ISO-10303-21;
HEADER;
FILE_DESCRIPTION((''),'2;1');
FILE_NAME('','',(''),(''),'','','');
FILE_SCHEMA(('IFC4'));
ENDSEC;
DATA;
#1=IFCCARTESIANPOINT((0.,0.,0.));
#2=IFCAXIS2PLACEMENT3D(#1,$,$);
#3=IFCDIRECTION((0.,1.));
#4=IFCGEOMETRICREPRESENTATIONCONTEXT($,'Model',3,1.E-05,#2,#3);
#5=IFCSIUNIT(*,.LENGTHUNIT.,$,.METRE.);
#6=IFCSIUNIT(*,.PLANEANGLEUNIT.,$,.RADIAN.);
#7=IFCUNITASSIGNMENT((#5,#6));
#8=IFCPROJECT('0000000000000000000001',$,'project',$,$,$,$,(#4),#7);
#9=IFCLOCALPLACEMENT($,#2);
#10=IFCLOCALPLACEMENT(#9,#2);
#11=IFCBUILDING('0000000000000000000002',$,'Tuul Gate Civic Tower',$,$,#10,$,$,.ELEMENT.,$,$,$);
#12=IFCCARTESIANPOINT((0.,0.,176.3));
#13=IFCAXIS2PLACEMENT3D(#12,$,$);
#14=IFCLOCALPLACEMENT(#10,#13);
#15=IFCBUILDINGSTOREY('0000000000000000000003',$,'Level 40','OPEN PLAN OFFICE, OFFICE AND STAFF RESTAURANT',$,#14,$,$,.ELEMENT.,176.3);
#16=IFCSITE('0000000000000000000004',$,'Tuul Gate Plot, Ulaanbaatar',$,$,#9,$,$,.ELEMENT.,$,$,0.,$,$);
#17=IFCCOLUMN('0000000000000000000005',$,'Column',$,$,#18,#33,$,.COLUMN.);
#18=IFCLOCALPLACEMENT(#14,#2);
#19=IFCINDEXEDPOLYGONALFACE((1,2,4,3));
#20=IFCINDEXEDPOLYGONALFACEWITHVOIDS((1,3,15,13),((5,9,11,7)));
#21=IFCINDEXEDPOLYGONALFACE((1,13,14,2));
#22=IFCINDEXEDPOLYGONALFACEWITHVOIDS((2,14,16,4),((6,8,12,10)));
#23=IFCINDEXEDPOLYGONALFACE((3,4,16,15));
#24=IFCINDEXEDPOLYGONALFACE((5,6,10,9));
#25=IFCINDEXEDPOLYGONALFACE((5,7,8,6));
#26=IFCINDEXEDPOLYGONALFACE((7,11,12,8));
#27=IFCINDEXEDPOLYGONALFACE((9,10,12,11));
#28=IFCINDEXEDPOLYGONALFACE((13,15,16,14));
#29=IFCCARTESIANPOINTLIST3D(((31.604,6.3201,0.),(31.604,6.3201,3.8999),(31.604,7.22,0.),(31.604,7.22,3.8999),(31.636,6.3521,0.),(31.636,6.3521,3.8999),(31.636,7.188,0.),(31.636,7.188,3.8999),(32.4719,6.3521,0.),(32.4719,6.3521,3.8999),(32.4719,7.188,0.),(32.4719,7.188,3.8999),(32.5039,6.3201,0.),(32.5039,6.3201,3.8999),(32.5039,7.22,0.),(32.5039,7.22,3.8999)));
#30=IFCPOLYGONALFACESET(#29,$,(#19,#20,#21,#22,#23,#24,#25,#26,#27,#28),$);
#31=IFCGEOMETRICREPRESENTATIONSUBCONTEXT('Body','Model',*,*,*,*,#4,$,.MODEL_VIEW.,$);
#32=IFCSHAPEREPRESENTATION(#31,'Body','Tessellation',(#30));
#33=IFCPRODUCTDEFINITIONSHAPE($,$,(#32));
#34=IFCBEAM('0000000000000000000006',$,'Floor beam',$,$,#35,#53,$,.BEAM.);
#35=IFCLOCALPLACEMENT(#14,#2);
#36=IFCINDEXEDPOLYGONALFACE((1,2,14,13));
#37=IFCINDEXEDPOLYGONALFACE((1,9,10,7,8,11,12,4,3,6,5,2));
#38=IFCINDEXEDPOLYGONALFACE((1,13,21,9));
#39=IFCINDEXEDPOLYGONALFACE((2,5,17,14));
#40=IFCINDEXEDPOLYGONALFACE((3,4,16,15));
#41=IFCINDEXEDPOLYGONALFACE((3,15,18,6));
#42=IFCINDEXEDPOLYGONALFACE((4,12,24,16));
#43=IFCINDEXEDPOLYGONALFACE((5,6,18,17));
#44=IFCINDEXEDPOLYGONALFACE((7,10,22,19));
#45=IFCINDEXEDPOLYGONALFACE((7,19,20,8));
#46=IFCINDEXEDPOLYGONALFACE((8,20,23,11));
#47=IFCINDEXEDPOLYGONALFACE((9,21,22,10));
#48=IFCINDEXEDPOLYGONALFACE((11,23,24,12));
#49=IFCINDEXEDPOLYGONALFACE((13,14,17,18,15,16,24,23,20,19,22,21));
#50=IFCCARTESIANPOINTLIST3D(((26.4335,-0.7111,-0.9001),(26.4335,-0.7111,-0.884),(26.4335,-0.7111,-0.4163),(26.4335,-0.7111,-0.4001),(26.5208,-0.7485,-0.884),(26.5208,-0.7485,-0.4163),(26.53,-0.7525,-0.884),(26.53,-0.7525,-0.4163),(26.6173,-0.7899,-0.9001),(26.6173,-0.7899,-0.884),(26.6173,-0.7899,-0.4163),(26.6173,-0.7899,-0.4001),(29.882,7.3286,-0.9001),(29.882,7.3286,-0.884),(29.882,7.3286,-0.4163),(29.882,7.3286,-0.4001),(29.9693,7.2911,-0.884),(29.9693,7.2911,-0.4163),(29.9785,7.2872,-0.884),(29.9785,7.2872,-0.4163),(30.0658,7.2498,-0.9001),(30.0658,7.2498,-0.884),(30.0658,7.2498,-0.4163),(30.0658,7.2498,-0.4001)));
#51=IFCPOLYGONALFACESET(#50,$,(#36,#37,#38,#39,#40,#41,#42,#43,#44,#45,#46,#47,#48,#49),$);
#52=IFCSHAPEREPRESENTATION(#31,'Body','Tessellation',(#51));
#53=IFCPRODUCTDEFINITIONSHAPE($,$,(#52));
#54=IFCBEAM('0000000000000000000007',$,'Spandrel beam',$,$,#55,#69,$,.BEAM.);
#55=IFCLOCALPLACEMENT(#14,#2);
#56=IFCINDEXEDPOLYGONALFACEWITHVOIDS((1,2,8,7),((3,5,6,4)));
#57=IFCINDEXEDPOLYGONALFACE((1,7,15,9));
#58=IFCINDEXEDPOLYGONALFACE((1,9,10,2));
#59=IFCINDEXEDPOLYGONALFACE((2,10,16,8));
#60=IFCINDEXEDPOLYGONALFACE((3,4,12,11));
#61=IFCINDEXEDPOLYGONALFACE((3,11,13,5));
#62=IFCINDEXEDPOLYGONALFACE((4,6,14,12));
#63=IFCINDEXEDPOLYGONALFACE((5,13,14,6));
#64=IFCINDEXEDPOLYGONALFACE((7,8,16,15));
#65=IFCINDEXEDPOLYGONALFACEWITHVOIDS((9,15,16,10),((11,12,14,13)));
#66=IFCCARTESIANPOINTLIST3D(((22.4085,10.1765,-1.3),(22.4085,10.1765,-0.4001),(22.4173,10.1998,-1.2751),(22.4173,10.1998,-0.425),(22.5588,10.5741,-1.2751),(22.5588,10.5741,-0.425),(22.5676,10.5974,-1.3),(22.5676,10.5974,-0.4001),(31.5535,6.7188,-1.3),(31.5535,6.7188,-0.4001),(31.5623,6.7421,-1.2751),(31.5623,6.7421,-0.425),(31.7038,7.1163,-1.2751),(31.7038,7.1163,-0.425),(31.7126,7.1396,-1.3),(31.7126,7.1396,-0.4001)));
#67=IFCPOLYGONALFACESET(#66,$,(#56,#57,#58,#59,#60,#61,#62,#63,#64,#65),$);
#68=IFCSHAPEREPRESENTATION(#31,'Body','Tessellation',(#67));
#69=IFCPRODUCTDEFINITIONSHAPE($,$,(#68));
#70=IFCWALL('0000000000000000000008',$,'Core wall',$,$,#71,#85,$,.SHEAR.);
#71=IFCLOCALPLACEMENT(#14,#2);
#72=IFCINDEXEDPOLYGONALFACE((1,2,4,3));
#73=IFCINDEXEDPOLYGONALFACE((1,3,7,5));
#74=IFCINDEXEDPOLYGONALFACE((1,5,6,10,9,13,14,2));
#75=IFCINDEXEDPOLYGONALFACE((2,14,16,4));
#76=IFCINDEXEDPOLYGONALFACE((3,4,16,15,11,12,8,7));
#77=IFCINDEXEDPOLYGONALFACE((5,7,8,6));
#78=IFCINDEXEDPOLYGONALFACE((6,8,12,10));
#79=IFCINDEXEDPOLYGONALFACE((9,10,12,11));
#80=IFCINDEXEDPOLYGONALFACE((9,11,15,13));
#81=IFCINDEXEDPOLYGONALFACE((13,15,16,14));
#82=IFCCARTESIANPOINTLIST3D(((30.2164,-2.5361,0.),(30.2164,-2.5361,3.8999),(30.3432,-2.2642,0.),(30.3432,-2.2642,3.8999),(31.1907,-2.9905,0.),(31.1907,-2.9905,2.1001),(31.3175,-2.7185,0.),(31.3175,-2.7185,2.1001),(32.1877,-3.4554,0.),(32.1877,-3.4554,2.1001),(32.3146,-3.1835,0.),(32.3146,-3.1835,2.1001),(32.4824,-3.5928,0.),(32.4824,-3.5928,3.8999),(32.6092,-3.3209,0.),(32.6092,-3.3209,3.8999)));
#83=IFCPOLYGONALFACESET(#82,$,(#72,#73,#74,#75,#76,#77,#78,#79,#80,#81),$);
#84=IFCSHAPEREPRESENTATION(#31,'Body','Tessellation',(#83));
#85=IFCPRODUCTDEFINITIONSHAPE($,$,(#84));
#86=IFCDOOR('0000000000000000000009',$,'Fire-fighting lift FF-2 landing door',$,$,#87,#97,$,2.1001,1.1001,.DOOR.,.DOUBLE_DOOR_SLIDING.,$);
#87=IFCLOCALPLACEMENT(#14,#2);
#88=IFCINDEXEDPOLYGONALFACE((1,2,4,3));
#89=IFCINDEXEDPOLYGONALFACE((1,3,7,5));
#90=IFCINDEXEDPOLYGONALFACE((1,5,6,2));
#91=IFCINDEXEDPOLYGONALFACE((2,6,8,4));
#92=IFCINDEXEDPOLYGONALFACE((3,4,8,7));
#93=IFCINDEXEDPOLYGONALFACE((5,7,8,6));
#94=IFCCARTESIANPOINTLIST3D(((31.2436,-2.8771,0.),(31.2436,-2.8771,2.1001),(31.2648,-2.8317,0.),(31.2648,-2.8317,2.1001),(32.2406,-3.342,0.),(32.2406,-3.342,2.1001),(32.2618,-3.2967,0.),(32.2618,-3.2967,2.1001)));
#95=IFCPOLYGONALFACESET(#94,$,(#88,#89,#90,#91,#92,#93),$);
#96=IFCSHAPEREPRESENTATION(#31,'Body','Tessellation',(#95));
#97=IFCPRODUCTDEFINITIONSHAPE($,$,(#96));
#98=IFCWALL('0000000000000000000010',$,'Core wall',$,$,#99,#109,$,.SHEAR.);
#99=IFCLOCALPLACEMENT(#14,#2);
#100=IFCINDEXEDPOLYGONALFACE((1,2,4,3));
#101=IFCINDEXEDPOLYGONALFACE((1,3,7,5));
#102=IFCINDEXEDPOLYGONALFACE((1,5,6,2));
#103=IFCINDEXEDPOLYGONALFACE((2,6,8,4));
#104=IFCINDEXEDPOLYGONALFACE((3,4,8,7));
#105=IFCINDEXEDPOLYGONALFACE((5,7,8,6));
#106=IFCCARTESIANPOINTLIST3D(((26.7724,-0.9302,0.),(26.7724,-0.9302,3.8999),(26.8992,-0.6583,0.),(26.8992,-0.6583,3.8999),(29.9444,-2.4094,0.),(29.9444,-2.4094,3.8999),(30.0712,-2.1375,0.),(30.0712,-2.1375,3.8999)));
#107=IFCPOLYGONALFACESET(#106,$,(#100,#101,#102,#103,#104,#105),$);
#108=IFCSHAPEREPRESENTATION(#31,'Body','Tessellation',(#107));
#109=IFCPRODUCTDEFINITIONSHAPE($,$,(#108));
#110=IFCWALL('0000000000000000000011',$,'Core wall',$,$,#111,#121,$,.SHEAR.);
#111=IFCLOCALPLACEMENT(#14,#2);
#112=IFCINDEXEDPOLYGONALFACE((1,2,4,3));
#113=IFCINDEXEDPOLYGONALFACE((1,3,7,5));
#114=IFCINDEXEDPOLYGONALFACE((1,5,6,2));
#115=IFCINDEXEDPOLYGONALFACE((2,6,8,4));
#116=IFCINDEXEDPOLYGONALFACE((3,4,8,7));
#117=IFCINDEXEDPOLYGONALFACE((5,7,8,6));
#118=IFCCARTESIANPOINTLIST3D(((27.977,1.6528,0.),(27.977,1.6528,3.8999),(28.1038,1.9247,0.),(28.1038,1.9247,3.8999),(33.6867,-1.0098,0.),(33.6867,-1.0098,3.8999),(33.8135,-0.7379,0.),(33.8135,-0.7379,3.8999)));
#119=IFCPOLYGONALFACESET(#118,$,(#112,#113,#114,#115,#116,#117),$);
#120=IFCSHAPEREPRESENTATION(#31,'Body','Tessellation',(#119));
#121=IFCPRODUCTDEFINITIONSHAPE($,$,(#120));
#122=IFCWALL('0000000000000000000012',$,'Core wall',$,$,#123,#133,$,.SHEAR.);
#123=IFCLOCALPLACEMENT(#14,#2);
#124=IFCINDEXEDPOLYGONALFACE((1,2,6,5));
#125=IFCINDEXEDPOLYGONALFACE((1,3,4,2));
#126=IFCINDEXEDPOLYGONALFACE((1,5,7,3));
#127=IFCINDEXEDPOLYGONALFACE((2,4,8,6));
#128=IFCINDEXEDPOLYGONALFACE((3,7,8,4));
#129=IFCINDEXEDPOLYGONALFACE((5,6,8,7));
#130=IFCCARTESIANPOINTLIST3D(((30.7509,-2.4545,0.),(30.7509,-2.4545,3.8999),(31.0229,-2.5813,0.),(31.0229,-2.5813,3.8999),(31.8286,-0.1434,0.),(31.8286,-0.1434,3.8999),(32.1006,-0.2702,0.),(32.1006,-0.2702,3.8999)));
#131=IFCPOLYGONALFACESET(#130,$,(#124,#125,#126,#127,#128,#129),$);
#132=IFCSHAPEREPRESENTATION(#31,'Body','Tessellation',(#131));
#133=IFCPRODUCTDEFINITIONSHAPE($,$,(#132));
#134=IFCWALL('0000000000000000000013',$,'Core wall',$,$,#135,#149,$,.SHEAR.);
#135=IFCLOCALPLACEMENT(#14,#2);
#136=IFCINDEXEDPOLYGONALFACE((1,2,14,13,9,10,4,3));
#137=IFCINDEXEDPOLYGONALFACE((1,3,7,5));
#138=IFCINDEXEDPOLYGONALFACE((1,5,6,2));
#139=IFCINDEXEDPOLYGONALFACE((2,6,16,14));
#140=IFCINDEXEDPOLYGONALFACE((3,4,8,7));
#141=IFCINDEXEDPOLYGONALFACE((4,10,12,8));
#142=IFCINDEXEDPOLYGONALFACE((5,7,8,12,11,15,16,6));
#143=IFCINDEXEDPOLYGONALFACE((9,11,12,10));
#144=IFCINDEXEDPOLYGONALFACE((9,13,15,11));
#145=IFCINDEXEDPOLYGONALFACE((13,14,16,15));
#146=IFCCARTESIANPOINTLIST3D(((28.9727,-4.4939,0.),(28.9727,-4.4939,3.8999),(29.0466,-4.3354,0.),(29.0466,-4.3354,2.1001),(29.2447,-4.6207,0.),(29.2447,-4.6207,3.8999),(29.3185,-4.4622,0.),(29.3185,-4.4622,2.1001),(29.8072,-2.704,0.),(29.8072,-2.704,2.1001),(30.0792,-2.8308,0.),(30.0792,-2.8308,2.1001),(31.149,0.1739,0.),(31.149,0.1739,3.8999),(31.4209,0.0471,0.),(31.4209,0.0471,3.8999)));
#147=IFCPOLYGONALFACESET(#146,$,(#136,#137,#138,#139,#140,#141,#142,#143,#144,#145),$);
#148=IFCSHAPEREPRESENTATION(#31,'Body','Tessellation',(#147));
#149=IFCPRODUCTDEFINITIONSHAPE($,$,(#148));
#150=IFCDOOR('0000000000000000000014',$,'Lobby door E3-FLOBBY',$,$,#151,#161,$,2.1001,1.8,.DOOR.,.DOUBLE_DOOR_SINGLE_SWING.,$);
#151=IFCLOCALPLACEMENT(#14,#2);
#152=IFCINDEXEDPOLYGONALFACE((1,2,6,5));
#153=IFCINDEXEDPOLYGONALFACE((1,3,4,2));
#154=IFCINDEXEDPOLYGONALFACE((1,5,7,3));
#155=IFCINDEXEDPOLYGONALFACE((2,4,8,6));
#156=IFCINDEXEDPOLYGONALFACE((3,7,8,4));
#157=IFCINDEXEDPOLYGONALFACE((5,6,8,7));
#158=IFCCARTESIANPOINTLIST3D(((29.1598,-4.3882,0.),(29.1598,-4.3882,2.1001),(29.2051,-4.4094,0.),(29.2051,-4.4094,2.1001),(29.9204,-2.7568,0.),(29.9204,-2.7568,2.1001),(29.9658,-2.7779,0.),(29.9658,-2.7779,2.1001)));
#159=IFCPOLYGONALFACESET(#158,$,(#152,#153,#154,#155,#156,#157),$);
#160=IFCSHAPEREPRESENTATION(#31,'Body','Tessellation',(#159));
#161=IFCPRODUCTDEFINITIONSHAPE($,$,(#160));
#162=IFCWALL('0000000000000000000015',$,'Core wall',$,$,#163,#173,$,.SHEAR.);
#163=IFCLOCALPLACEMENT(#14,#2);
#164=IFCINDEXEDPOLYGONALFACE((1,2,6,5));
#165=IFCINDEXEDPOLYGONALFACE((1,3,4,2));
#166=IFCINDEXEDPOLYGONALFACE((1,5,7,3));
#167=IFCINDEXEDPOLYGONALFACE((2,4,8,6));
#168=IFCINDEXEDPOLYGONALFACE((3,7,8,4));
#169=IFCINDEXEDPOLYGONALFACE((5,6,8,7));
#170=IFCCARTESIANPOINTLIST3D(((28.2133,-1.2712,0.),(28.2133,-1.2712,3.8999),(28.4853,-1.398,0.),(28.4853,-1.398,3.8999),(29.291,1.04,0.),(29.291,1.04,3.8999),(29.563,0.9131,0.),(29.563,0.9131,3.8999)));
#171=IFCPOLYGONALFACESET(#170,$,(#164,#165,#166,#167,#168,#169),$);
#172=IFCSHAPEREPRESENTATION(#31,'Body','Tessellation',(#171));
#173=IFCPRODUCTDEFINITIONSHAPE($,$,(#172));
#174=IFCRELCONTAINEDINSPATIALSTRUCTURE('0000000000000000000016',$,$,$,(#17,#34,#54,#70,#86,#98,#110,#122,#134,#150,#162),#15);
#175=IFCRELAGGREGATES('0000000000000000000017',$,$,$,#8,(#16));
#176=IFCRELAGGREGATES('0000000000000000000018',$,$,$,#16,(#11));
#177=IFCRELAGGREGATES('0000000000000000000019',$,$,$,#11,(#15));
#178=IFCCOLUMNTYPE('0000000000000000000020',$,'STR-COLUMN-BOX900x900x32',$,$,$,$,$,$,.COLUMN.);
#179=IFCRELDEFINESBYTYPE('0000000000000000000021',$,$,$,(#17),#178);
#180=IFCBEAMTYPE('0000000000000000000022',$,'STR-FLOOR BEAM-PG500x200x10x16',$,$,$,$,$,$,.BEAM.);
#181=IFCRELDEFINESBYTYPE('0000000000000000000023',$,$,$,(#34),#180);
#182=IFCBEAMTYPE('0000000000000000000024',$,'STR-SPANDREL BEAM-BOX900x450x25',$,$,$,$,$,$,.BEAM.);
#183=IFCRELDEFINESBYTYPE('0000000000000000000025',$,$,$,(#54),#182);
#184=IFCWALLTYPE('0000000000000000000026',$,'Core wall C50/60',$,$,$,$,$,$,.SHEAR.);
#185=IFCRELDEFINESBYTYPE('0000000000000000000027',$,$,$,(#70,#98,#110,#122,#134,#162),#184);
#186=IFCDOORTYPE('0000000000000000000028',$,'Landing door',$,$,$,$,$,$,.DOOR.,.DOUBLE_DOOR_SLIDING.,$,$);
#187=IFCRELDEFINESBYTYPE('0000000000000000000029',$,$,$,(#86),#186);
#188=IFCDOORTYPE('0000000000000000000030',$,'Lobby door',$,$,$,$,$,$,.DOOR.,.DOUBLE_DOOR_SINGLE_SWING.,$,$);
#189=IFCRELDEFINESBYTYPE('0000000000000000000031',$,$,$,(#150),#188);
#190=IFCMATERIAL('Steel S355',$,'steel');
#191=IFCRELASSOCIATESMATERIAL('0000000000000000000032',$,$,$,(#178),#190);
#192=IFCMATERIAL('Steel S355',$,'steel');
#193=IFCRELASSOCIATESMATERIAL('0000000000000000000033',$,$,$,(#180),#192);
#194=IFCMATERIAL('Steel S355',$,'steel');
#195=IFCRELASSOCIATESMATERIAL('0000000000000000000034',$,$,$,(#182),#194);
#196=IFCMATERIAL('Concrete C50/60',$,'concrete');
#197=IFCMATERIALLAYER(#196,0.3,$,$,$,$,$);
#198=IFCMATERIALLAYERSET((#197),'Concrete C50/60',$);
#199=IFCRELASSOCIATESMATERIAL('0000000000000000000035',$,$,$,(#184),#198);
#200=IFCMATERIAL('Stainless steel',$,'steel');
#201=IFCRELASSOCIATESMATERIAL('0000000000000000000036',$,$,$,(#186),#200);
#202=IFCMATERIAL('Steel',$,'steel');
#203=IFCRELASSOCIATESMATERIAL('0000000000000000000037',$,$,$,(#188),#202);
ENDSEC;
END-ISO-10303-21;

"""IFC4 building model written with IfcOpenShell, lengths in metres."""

from ifc_helpers import new_model, si_unit, direction, frame, frame_2d, origin, origin_2d, place, context, subcontext, project, spatial, rectangle, hollow_rectangle, i_section, extrude, material, layer, layer_set, material_profile, profile_set, type_object, element, fill, save


model = new_model("IFC4")

# Units and contexts
model_context = context("Model", 3, precision=1e-05, world=origin(), true_north=direction((0.0, 1.0)))
body_context = subcontext(model_context, "Body", "Model", "MODEL_VIEW")
ifc_project = project(units=[si_unit("LENGTHUNIT", "METRE"), si_unit("PLANEANGLEUNIT", "RADIAN")], contexts=[model_context])

# Site, building, storey
site_placement = place(None, origin())
site = spatial("IfcSite", under=ifc_project, at=site_placement, Name="Tuul Gate Plot, Ulaanbaatar", CompositionType="ELEMENT", RefElevation=0.0)
building_placement = place(site_placement, origin())
building = spatial("IfcBuilding", under=site, at=building_placement, Name="Tuul Gate Civic Tower", CompositionType="ELEMENT")
storey_placement = place(building_placement, frame((0.0, 0.0, 176.3)))
storey = spatial("IfcBuildingStorey", under=building, at=storey_placement, Name="Level 40", Description="OPEN PLAN OFFICE, OFFICE AND STAFF RESTAURANT", CompositionType="ELEMENT", Elevation=176.3)

# Column
ifc_material_1 = material(Name="Steel S355", Category="steel")
ifc_material_profile_1 = material_profile(ifc_material_1, hollow_rectangle(XDim=0.8999, YDim=0.8999, WallThickness=0.032, at=origin_2d()), Name="BOX900x900x32")
ifc_profile_set_1 = profile_set([ifc_material_profile_1], Name="Steel S355")
column_type = type_object("IfcColumnType", Name="STR-COLUMN-BOX900x900x32", PredefinedType="COLUMN", material=ifc_profile_set_1)
column_placement = place(storey_placement, frame((32.054, 6.77, 0.0), z_axis=(0.0, 0.0, 1.0), x_axis=(1.0, 0.0, 0.0)))
element("IfcColumn", 1, at=column_placement, inside=storey, type_object=column_type, Name="Column", PredefinedType="COLUMN", context=body_context, shape_type="SweptSolid", body=[
    extrude(hollow_rectangle(XDim=0.8999, YDim=0.8999, WallThickness=0.032, at=origin_2d()), origin(), (0.0, 0.0, 1.0), 3.8999),
])

# Beams
ifc_material_2 = material(Name="Steel S355", Category="steel")
ifc_material_profile_2 = material_profile(ifc_material_2, i_section(OverallWidth=0.2, OverallDepth=0.5, WebThickness=0.01, FlangeThickness=0.0161, at=origin_2d()), Name="PG500x200x10x16")
ifc_profile_set_2 = profile_set([ifc_material_profile_2], Name="Steel S355")
beam_type_1 = type_object("IfcBeamType", Name="STR-FLOOR BEAM-PG500x200x10x16", PredefinedType="BEAM", material=ifc_profile_set_2)
beam_1_placement = place(storey_placement, frame((26.5254, -0.7505, -0.6501), z_axis=(0.394206, 0.919022, 0.0), x_axis=(-0.919022, 0.394206, 0.0)))
element("IfcBeam", 2, at=beam_1_placement, inside=storey, type_object=beam_type_1, Name="Floor beam", PredefinedType="BEAM", context=body_context, shape_type="SweptSolid", body=[
    extrude(i_section(OverallWidth=0.2, OverallDepth=0.5, WebThickness=0.01, FlangeThickness=0.0161, at=origin_2d()), origin(), (0.0, 0.0, 1.0), 8.748),
])
ifc_material_3 = material(Name="Steel S355", Category="steel")
ifc_material_profile_3 = material_profile(ifc_material_3, hollow_rectangle(XDim=0.45, YDim=0.8999, WallThickness=0.0249, at=origin_2d()), Name="BOX900x450x25")
ifc_profile_set_3 = profile_set([ifc_material_profile_3], Name="Steel S355")
beam_type_2 = type_object("IfcBeamType", Name="STR-SPANDREL BEAM-BOX900x450x25", PredefinedType="BEAM", material=ifc_profile_set_3)
beam_2_placement = place(storey_placement, frame((31.6331, 6.9292, -0.8501), z_axis=(-0.935371, 0.353667, 0.0), x_axis=(-0.353667, -0.935371, 0.0)))
element("IfcBeam", 3, at=beam_2_placement, inside=storey, type_object=beam_type_2, Name="Spandrel beam", PredefinedType="BEAM", context=body_context, shape_type="SweptSolid", body=[
    extrude(hollow_rectangle(XDim=0.45, YDim=0.8999, WallThickness=0.0249, at=origin_2d()), origin(), (0.0, 0.0, 1.0), 9.7769),
])

# Wall, opening, door
ifc_material_4 = material(Name="Concrete C50/60", Category="concrete")
ifc_layer_1 = layer(ifc_material_4, 0.3)
ifc_layer_set_1 = layer_set([ifc_layer_1], Name="Concrete C50/60")
wall_type_1 = type_object("IfcWallType", Name="Core wall C50/60", PredefinedType="SHEAR", material=ifc_layer_set_1)
wall_1_placement = place(storey_placement, frame((32.5457, -3.4568, 0.0), z_axis=(0.0, 0.0, 1.0), x_axis=(-0.9063, 0.422634, 0.0)))
wall_1 = element("IfcWall", 4, at=wall_1_placement, inside=storey, type_object=wall_type_1, Name="Core wall", PredefinedType="SHEAR", context=body_context, shape_type="SweptSolid", body=[
    extrude(rectangle(XDim=2.5002, YDim=0.3, at=frame_2d((1.25, 0.0))), origin(), (0.0, 0.0, 1.0), 3.8999),
])
opening_1_placement = place(wall_1_placement, frame((0.325, 0.0, 0.0)))
opening_1 = element("IfcOpeningElement", 5, at=opening_1_placement, cuts=wall_1, PredefinedType="OPENING", context=body_context, shape_type="SweptSolid", body=[
    extrude(rectangle(XDim=1.1001, YDim=2.1001, at=frame_2d((0.55, 1.05))), frame((0.0, 0.1602, 0.0), z_axis=(0.0, -1.0, 0.0), x_axis=(1.0, 0.0, 0.0)), (0.0, 0.0, 1.0), 0.3201),
])
ifc_material_5 = material(Name="Stainless steel", Category="steel")
door_type_1 = type_object("IfcDoorType", Name="Landing door", OperationType="DOUBLE_DOOR_SLIDING", PredefinedType="DOOR", material=ifc_material_5)
door_1_placement = place(opening_1_placement, origin())
door_1 = element("IfcDoor", 6, at=door_1_placement, inside=storey, type_object=door_type_1, Name="Fire-fighting lift FF-2 landing door", OperationType="DOUBLE_DOOR_SLIDING", OverallHeight=2.1001, OverallWidth=1.1001, PredefinedType="DOOR", context=body_context, shape_type="SweptSolid", body=[
    extrude(rectangle(XDim=1.1001, YDim=2.1001, at=frame_2d((0.55, 1.05))), frame((0.0, 0.0249, 0.0), z_axis=(0.0, -1.0, 0.0), x_axis=(1.0, 0.0, 0.0)), (0.0, 0.0, 1.0), 0.05),
])
fill(opening_1, door_1)

# Walls
wall_2_placement = place(storey_placement, frame((30.0078, -2.2734, 0.0), z_axis=(0.0, 0.0, 1.0), x_axis=(-0.906301, 0.422633, 0.0)))
element("IfcWall", 7, at=wall_2_placement, inside=storey, type_object=wall_type_1, Name="Core wall", PredefinedType="SHEAR", context=body_context, shape_type="SweptSolid", body=[
    extrude(rectangle(XDim=3.5, YDim=0.3, at=frame_2d((1.75, 0.0))), origin(), (0.0, 0.0, 1.0), 3.8999),
])
wall_3_placement = place(storey_placement, frame((33.75, -0.8738, 0.0), z_axis=(0.0, 0.0, 1.0), x_axis=(-0.906301, 0.422633, 0.0)))
element("IfcWall", 8, at=wall_3_placement, inside=storey, type_object=wall_type_1, Name="Core wall", PredefinedType="SHEAR", context=body_context, shape_type="SweptSolid", body=[
    extrude(rectangle(XDim=6.3, YDim=0.3, at=frame_2d((3.1499, 0.0))), origin(), (0.0, 0.0, 1.0), 3.8999),
])
wall_4_placement = place(storey_placement, frame((30.887, -2.5178, 0.0), z_axis=(0.0, 0.0, 1.0), x_axis=(0.422613, 0.90631, 0.0)))
element("IfcWall", 9, at=wall_4_placement, inside=storey, type_object=wall_type_1, Name="Core wall", PredefinedType="SHEAR", context=body_context, shape_type="SweptSolid", body=[
    extrude(rectangle(XDim=2.55, YDim=0.3, at=frame_2d((1.2749, 0.0))), origin(), (0.0, 0.0, 1.0), 3.8999),
])

# Wall, opening, door
wall_5_placement = place(storey_placement, frame((29.1086, -4.5574, 0.0), z_axis=(0.0, 0.0, 1.0), x_axis=(0.422566, 0.906332, 0.0)))
wall_5 = element("IfcWall", 10, at=wall_5_placement, inside=storey, type_object=wall_type_1, Name="Core wall", PredefinedType="SHEAR", context=body_context, shape_type="SweptSolid", body=[
    extrude(rectangle(XDim=5.1501, YDim=0.3, at=frame_2d((2.5752, 0.0))), origin(), (0.0, 0.0, 1.0), 3.8999),
])
opening_2_placement = place(wall_5_placement, frame((0.175, 0.0, 0.0)))
opening_2 = element("IfcOpeningElement", 11, at=opening_2_placement, cuts=wall_5, PredefinedType="OPENING", context=body_context, shape_type="SweptSolid", body=[
    extrude(rectangle(XDim=1.8, YDim=2.1001, at=frame_2d((0.8999, 1.05))), frame((0.0, 0.1602, 0.0), z_axis=(0.0, -1.0, 0.0), x_axis=(1.0, 0.0, 0.0)), (0.0, 0.0, 1.0), 0.3201),
])
ifc_material_6 = material(Name="Steel", Category="steel")
door_type_2 = type_object("IfcDoorType", Name="Lobby door", OperationType="DOUBLE_DOOR_SINGLE_SWING", PredefinedType="DOOR", material=ifc_material_6)
door_2_placement = place(opening_2_placement, frame((1.8, 0.0, 0.0), z_axis=(0.0, 0.0, 1.0), x_axis=(-1.0, 0.0, 0.0)))
door_2 = element("IfcDoor", 12, at=door_2_placement, inside=storey, type_object=door_type_2, Name="Lobby door E3-FLOBBY", OperationType="DOUBLE_DOOR_SINGLE_SWING", OverallHeight=2.1001, OverallWidth=1.8, PredefinedType="DOOR", context=body_context, shape_type="SweptSolid", body=[
    extrude(rectangle(XDim=1.8, YDim=2.1001, at=frame_2d((0.9001, 1.05))), frame((0.0, 0.0249, 0.0), z_axis=(0.0, -1.0, 0.0), x_axis=(1.0, 0.0, 0.0)), (0.0, 0.0, 1.0), 0.05),
])
fill(opening_2, door_2)

# Wall
wall_6_placement = place(storey_placement, frame((28.3494, -1.3345, 0.0), z_axis=(0.0, 0.0, 1.0), x_axis=(0.422613, 0.90631, 0.0)))
element("IfcWall", 13, at=wall_6_placement, inside=storey, type_object=wall_type_1, Name="Core wall", PredefinedType="SHEAR", context=body_context, shape_type="SweptSolid", body=[
    extrude(rectangle(XDim=2.55, YDim=0.3, at=frame_2d((1.2749, 0.0))), origin(), (0.0, 0.0, 1.0), 3.8999),
])

save(model, "model.ifc")
